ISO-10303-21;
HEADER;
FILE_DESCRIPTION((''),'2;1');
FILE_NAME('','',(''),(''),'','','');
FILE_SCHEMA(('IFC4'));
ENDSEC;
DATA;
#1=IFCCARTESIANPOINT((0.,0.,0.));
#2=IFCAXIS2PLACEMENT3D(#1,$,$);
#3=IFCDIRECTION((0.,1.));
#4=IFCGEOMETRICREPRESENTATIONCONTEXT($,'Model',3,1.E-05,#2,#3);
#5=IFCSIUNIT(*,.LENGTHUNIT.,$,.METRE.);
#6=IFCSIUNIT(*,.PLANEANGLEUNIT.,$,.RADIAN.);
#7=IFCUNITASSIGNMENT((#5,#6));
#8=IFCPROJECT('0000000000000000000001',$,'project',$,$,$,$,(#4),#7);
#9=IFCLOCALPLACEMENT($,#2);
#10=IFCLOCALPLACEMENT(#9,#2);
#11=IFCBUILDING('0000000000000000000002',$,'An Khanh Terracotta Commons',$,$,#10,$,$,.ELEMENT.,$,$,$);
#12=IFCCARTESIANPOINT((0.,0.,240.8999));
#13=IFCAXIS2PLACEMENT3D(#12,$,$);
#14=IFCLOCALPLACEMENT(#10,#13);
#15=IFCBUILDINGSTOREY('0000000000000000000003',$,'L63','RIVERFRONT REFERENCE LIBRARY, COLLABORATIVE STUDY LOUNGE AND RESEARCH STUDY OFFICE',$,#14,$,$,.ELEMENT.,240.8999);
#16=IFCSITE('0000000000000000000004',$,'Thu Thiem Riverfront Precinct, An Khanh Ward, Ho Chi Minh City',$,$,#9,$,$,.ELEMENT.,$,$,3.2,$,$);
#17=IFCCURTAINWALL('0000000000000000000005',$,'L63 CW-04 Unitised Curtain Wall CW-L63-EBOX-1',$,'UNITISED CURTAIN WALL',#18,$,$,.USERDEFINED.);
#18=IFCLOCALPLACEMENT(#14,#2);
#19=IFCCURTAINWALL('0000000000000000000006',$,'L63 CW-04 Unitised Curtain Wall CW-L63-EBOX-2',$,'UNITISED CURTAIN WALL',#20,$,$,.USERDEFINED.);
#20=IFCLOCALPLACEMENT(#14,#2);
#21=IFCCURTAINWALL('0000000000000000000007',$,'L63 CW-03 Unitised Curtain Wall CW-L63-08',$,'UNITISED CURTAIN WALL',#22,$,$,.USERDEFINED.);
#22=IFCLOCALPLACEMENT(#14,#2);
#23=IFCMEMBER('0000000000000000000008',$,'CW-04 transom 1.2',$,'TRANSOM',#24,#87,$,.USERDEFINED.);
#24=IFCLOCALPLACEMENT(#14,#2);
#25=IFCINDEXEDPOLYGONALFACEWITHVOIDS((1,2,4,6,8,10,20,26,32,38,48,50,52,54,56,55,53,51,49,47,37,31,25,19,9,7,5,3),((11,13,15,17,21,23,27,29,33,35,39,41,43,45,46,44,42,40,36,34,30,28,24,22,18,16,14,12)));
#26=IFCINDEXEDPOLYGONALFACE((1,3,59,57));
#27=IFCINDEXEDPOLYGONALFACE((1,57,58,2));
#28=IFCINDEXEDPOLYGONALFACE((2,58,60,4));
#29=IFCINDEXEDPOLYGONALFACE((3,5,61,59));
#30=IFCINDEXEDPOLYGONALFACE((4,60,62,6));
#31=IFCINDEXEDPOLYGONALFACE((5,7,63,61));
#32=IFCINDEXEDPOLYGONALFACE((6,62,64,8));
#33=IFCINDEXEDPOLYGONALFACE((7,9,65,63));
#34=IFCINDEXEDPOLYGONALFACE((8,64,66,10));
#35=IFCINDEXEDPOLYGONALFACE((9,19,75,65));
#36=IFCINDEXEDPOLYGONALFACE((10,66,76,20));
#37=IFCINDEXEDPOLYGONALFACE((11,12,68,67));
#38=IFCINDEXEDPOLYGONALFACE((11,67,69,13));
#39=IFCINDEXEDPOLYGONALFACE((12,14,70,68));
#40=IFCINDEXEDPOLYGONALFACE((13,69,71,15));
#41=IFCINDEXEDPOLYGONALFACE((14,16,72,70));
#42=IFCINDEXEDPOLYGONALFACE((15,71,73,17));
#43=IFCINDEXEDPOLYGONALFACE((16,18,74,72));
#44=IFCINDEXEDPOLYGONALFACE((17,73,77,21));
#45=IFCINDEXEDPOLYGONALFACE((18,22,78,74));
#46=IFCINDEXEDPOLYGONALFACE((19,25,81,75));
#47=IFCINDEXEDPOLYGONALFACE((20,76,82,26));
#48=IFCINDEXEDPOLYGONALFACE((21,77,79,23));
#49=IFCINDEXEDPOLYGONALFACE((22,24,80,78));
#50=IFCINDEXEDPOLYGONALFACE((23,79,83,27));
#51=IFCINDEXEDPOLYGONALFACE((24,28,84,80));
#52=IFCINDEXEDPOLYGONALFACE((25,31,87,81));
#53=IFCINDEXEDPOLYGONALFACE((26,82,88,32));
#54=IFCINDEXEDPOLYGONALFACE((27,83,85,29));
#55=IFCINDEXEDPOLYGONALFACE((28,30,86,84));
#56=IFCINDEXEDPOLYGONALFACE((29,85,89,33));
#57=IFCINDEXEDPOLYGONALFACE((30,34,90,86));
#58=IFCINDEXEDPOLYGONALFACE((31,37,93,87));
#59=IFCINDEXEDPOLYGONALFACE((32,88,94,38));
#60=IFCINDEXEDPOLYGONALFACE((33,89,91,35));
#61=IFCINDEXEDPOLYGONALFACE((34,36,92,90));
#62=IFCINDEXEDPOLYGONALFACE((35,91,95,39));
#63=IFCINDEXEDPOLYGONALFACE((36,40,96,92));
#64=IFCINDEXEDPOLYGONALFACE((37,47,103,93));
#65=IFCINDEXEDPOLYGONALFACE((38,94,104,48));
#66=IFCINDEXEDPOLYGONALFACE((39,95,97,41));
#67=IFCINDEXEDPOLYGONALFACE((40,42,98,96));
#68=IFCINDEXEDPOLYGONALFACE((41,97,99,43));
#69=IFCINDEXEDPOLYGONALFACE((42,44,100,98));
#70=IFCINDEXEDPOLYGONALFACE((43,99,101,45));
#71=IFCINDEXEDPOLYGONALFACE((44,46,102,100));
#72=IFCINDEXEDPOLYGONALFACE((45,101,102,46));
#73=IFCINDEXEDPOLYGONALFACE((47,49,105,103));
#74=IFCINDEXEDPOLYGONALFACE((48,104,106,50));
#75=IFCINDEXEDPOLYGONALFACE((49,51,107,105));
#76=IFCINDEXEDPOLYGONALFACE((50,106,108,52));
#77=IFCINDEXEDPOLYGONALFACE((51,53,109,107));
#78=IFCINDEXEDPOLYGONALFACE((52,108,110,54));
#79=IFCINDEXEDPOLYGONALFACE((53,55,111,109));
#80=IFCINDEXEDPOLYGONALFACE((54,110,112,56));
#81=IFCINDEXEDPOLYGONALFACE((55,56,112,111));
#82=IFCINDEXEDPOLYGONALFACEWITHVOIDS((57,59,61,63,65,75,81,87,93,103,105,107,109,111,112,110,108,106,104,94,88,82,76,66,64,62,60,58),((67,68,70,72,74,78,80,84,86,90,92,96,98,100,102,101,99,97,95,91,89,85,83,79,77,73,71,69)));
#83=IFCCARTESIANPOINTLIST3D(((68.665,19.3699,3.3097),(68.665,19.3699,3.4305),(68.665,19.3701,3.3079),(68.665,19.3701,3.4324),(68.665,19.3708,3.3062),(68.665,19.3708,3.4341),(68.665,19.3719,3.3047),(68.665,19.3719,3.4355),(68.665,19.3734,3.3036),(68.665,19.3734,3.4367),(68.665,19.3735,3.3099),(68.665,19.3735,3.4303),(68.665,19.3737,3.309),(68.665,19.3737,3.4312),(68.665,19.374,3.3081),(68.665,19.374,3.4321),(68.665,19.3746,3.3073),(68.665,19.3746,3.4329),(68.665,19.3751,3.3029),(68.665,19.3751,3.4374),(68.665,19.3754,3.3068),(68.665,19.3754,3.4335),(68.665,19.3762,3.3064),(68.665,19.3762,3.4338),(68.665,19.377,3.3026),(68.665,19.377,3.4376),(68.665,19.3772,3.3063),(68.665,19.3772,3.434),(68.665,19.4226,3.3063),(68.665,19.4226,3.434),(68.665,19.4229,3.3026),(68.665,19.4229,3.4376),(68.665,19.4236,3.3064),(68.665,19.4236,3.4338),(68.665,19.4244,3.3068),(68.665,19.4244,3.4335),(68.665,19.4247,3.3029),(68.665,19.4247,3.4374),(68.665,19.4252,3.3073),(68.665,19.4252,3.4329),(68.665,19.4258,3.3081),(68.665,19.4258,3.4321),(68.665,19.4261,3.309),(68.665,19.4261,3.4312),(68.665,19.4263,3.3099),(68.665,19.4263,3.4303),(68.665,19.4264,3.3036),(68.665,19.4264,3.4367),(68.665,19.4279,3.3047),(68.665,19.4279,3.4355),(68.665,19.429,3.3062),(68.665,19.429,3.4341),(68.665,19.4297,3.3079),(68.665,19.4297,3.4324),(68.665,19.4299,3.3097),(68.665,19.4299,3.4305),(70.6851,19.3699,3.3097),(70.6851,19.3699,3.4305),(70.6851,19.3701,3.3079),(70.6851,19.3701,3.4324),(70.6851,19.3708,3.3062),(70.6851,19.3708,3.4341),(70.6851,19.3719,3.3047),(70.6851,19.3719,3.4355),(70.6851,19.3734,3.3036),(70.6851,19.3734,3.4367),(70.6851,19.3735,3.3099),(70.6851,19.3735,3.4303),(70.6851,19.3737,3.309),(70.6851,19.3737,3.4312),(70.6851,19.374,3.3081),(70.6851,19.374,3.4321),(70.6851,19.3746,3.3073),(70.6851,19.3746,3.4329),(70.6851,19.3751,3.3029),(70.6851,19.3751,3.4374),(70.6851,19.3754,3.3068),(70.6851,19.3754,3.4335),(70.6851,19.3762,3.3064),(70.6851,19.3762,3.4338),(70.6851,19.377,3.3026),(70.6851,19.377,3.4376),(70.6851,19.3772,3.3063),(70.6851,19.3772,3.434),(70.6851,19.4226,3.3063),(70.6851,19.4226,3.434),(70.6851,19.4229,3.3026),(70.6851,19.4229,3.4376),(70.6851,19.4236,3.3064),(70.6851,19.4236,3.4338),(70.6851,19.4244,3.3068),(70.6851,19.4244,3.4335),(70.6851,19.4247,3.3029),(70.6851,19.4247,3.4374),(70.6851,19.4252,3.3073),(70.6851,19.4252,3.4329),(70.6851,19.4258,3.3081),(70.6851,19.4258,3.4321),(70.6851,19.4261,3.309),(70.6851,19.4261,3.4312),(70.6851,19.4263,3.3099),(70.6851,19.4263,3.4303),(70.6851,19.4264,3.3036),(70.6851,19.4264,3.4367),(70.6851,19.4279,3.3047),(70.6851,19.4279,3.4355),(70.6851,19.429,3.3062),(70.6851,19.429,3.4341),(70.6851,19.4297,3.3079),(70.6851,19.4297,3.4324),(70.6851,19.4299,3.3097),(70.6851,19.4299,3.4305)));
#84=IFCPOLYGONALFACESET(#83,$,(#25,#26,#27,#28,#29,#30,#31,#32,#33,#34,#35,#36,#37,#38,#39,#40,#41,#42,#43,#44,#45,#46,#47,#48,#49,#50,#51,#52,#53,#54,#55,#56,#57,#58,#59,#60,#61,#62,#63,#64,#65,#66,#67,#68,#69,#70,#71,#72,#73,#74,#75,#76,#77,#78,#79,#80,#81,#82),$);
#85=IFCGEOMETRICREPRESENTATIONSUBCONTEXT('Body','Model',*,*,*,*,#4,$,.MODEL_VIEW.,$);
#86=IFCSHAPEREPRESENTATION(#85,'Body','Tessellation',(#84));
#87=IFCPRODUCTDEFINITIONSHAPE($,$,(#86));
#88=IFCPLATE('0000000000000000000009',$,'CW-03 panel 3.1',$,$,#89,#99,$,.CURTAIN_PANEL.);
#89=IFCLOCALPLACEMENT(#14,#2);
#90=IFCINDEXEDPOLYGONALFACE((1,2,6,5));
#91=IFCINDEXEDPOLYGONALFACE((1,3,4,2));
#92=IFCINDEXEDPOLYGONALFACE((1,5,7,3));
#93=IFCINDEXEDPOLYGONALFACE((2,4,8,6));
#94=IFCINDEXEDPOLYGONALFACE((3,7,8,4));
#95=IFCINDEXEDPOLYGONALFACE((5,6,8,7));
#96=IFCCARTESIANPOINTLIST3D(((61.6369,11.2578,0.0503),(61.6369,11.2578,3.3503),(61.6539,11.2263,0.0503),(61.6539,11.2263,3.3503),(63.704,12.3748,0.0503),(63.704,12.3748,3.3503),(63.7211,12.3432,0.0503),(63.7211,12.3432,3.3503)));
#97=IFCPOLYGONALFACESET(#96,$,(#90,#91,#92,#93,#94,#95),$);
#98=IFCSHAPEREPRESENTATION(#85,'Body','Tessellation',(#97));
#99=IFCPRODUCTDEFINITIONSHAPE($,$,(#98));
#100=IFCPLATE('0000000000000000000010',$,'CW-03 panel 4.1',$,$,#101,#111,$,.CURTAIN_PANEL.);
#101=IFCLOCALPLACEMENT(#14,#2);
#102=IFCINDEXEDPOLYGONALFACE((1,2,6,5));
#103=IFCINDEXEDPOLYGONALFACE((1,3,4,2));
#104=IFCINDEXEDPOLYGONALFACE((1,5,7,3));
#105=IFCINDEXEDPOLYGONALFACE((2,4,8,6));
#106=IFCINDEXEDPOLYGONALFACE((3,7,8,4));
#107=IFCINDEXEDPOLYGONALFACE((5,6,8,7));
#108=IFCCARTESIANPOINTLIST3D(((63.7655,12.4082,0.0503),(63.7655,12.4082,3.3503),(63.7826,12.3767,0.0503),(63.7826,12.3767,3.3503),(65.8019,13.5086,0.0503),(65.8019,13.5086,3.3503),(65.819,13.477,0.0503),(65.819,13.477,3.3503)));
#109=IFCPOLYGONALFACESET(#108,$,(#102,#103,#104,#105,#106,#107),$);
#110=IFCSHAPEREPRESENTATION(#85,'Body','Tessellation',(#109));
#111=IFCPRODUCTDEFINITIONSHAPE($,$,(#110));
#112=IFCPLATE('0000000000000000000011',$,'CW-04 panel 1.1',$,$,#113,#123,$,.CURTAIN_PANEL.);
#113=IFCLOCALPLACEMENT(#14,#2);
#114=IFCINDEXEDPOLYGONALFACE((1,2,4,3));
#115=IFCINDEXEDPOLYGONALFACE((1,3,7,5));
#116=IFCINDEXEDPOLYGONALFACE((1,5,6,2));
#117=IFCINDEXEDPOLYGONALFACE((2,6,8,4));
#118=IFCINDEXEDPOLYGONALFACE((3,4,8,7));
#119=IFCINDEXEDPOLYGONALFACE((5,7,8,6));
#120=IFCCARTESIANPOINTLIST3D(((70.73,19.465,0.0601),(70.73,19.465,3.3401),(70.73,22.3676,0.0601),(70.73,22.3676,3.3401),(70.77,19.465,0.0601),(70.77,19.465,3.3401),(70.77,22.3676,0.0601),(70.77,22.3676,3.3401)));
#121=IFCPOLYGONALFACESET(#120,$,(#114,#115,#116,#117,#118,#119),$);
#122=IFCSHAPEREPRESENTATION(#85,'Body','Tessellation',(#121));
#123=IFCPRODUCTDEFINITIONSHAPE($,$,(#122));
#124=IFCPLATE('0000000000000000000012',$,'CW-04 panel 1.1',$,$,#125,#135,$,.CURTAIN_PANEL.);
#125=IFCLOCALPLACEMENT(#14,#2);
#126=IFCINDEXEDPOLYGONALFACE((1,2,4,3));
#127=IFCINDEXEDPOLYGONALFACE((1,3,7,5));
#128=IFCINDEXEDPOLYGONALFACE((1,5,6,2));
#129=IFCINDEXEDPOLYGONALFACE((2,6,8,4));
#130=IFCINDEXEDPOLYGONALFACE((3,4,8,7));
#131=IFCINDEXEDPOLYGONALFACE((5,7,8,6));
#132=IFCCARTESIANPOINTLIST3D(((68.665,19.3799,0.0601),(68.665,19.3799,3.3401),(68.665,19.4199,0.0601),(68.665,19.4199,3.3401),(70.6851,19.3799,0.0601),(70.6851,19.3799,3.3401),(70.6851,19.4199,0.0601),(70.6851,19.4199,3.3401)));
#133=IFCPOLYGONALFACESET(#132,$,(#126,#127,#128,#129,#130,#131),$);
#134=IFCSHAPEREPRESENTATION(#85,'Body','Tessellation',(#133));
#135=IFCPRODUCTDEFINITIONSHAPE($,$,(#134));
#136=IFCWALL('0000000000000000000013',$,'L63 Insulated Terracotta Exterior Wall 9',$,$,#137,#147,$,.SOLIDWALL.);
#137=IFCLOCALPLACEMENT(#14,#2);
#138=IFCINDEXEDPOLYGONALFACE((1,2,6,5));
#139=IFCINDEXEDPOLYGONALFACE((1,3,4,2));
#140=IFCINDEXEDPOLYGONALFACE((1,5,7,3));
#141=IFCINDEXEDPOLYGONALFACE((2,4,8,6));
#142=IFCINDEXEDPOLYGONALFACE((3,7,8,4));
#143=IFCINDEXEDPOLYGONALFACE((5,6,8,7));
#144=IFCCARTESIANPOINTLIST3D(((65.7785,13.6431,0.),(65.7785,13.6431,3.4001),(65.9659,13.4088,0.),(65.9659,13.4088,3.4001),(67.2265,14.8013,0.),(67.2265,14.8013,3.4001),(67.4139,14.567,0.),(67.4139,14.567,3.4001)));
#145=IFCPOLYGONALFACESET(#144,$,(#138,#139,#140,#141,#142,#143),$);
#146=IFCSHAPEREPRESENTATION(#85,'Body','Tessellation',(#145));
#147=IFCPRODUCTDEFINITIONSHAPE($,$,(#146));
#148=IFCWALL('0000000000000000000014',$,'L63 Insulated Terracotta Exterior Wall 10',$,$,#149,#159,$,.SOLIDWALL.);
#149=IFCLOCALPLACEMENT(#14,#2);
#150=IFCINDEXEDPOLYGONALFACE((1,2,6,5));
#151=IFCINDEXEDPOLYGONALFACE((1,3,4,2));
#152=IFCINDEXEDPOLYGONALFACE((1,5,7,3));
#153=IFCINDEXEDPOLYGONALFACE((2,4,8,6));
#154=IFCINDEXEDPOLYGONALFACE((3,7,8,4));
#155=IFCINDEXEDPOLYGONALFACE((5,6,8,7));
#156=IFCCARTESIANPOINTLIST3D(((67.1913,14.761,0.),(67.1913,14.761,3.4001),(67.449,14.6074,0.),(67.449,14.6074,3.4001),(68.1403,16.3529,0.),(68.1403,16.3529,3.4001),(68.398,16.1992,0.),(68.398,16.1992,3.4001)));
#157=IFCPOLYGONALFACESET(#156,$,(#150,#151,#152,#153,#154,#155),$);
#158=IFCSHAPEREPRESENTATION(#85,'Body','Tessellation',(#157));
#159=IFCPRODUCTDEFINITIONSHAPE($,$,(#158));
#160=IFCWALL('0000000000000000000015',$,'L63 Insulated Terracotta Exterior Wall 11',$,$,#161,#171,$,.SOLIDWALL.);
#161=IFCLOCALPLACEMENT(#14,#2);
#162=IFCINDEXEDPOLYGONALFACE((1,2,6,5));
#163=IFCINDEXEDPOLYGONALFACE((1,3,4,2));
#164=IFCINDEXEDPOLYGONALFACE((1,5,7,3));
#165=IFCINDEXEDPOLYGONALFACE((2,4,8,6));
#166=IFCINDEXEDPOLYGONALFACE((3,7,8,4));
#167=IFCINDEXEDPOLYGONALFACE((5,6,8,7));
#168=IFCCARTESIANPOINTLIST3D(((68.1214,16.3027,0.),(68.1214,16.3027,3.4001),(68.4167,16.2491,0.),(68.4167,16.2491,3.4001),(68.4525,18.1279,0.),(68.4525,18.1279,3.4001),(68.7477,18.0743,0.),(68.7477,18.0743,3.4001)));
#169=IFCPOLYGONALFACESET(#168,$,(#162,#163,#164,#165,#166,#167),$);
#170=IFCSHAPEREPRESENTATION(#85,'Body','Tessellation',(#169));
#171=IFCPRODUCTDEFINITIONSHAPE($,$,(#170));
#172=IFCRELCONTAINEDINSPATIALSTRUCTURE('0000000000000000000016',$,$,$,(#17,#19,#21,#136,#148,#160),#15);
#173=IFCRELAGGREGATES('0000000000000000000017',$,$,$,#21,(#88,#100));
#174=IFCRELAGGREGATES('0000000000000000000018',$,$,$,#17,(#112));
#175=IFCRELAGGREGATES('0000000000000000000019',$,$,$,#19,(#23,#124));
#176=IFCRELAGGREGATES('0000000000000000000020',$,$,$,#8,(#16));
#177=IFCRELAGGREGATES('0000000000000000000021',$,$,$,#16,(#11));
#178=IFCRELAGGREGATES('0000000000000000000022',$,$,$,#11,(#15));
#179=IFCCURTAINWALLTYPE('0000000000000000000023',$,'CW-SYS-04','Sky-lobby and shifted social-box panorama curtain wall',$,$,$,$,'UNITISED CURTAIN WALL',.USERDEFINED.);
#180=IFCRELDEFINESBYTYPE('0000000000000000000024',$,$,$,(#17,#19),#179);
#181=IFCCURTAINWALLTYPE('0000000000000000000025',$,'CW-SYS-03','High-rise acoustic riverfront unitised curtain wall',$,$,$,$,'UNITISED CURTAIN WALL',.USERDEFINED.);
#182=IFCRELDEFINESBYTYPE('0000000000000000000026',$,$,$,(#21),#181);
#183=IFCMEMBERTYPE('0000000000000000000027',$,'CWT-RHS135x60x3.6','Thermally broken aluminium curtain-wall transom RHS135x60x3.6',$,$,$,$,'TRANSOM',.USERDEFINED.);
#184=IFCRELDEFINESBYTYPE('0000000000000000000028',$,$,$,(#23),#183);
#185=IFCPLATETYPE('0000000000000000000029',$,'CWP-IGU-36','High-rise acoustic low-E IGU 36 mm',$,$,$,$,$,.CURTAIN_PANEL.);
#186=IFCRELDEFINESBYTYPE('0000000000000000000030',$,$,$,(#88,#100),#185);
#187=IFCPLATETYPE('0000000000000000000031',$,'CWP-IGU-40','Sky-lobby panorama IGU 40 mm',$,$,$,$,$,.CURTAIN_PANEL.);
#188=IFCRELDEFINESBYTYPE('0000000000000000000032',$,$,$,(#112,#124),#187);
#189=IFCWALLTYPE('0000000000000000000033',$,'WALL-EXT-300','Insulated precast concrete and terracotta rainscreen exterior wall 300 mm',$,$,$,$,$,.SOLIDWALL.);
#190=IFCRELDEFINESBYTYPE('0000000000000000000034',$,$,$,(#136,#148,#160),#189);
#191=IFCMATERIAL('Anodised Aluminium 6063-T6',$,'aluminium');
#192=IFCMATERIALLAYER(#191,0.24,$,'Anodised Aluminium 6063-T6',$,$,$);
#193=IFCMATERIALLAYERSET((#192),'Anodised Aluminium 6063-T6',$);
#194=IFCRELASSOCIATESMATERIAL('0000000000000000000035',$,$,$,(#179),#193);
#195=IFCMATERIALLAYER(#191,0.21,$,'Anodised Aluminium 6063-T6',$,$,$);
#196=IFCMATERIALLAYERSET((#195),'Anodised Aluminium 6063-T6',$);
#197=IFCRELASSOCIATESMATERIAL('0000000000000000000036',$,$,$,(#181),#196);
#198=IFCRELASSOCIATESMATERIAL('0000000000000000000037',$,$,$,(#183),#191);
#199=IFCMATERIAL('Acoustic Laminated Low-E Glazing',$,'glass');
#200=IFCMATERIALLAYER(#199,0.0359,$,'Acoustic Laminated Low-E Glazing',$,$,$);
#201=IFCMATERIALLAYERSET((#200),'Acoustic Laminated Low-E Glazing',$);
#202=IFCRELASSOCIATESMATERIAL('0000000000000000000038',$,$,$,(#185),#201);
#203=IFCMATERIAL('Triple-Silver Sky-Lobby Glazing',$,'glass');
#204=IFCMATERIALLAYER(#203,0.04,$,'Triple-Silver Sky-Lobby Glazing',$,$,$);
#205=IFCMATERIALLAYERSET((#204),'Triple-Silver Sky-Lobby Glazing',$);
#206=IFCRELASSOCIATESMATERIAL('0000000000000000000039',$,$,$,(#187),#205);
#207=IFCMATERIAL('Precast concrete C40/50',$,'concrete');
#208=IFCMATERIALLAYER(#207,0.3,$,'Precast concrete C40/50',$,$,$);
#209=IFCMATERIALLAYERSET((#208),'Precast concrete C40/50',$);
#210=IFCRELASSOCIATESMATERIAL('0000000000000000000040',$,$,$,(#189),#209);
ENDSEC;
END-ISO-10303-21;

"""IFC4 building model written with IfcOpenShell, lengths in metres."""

from ifc_helpers import new_model, si_unit, direction, frame, frame_2d, origin, origin_2d, place, context, subcontext, project, spatial, rectangle, hollow_rectangle, extrude, material, layer, layer_set, material_profile, profile_set, type_object, element, aggregate, save


model = new_model("IFC4")

# Units and contexts
model_context = context("Model", 3, precision=1e-05, world=origin(), true_north=direction((0.0, 1.0)))
body_context = subcontext(model_context, "Body", "Model", "MODEL_VIEW")
ifc_project = project(units=[si_unit("LENGTHUNIT", "METRE"), si_unit("PLANEANGLEUNIT", "RADIAN")], contexts=[model_context])

# Site, building, storey
site_placement = place(None, origin())
site = spatial("IfcSite", under=ifc_project, at=site_placement, Name="Thu Thiem Riverfront Precinct, An Khanh Ward, Ho Chi Minh City", CompositionType="ELEMENT", RefElevation=3.2)
building_placement = place(site_placement, origin())
building = spatial("IfcBuilding", under=site, at=building_placement, Name="An Khanh Terracotta Commons", CompositionType="ELEMENT")
storey_placement = place(building_placement, frame((0.0, 0.0, 240.8999)))
storey = spatial("IfcBuildingStorey", under=building, at=storey_placement, Name="L63", Description="RIVERFRONT REFERENCE LIBRARY, COLLABORATIVE STUDY LOUNGE AND RESEARCH STUDY OFFICE", CompositionType="ELEMENT", Elevation=240.8999)

# Curtain wall
ifc_material_1 = material(Name="Anodised Aluminium 6063-T6", Category="aluminium")
ifc_layer_1 = layer(ifc_material_1, 0.24, Name="Anodised Aluminium 6063-T6")
ifc_layer_set_1 = layer_set([ifc_layer_1], Name="Anodised Aluminium 6063-T6")
curtain_wall_type_1 = type_object("IfcCurtainWallType", Name="CW-SYS-04", Description="Sky-lobby and shifted social-box panorama curtain wall", ElementType="UNITISED CURTAIN WALL", PredefinedType="USERDEFINED", material=ifc_layer_set_1)
curtain_wall_1_placement = place(storey_placement, origin())
curtain_wall_1 = element("IfcCurtainWall", 1, at=curtain_wall_1_placement, inside=storey, type_object=curtain_wall_type_1, Name="L63 CW-04 Unitised Curtain Wall CW-L63-EBOX-1", ObjectType="UNITISED CURTAIN WALL", PredefinedType="USERDEFINED")

# Curtain walls
curtain_wall_2_placement = place(storey_placement, origin())
curtain_wall_2 = element("IfcCurtainWall", 2, at=curtain_wall_2_placement, inside=storey, type_object=curtain_wall_type_1, Name="L63 CW-04 Unitised Curtain Wall CW-L63-EBOX-2", ObjectType="UNITISED CURTAIN WALL", PredefinedType="USERDEFINED")
ifc_layer_2 = layer(ifc_material_1, 0.21, Name="Anodised Aluminium 6063-T6")
ifc_layer_set_2 = layer_set([ifc_layer_2], Name="Anodised Aluminium 6063-T6")
curtain_wall_type_2 = type_object("IfcCurtainWallType", Name="CW-SYS-03", Description="High-rise acoustic riverfront unitised curtain wall", ElementType="UNITISED CURTAIN WALL", PredefinedType="USERDEFINED", material=ifc_layer_set_2)
curtain_wall_3_placement = place(storey_placement, origin())
curtain_wall_3 = element("IfcCurtainWall", 3, at=curtain_wall_3_placement, inside=storey, type_object=curtain_wall_type_2, Name="L63 CW-03 Unitised Curtain Wall CW-L63-08", ObjectType="UNITISED CURTAIN WALL", PredefinedType="USERDEFINED")

# Member
ifc_material_profile_1 = material_profile(ifc_material_1, hollow_rectangle(XDim=0.0601, YDim=0.135, WallThickness=0.0037, InnerFilletRadius=0.0037, OuterFilletRadius=0.0071, at=origin_2d()), Name="RHS135x60x3.6")
ifc_profile_set_1 = profile_set([ifc_material_profile_1], Name="Anodised Aluminium 6063-T6")
member_type_1 = type_object("IfcMemberType", Name="CWT-RHS135x60x3.6", Description="Thermally broken aluminium curtain-wall transom RHS135x60x3.6", ElementType="TRANSOM", PredefinedType="USERDEFINED", material=ifc_profile_set_1)
member_1_placement = place(storey_placement, frame((68.665, 19.3999, 3.3701), z_axis=(1.0, 0.0, 0.0), x_axis=(0.0, 1.0, 0.0)))
member_1 = element("IfcMember", 4, at=member_1_placement, type_object=member_type_1, Name="CW-04 transom 1.2", ObjectType="TRANSOM", PredefinedType="USERDEFINED", context=body_context, shape_type="SweptSolid", body=[
    extrude(hollow_rectangle(XDim=0.0601, YDim=0.135, WallThickness=0.0037, InnerFilletRadius=0.0037, OuterFilletRadius=0.0071, at=origin_2d()), origin(), (0.0, 0.0, 1.0), 2.02),
])

# Plates
ifc_material_2 = material(Name="Acoustic Laminated Low-E Glazing", Category="glass")
ifc_layer_3 = layer(ifc_material_2, 0.0359, Name="Acoustic Laminated Low-E Glazing")
ifc_layer_set_3 = layer_set([ifc_layer_3], Name="Acoustic Laminated Low-E Glazing")
plate_type_1 = type_object("IfcPlateType", Name="CWP-IGU-36", Description="High-rise acoustic low-E IGU 36 mm", PredefinedType="CURTAIN_PANEL", material=ifc_layer_set_3)
plate_1_placement = place(storey_placement, frame((62.679, 11.8005, 0.0503), z_axis=(0.0, 0.0, 1.0), x_axis=(0.87978, 0.475381, 0.0)))
plate_1 = element("IfcPlate", 5, at=plate_1_placement, type_object=plate_type_1, Name="CW-03 panel 3.1", PredefinedType="CURTAIN_PANEL", context=body_context, shape_type="SweptSolid", body=[
    extrude(rectangle(XDim=2.3496, YDim=0.0359, at=origin_2d()), origin(), (0.0, 0.0, 1.0), 3.3),
])
plate_2_placement = place(storey_placement, frame((64.7922, 12.9426, 0.0503), z_axis=(0.0, 0.0, 1.0), x_axis=(0.87978, 0.475381, 0.0)))
plate_2 = element("IfcPlate", 6, at=plate_2_placement, type_object=plate_type_1, Name="CW-03 panel 4.1", PredefinedType="CURTAIN_PANEL", context=body_context, shape_type="SweptSolid", body=[
    extrude(rectangle(XDim=2.3147, YDim=0.0359, at=origin_2d()), origin(), (0.0, 0.0, 1.0), 3.3),
])
aggregate(curtain_wall_3, [plate_1, plate_2])
ifc_material_3 = material(Name="Triple-Silver Sky-Lobby Glazing", Category="glass")
ifc_layer_4 = layer(ifc_material_3, 0.04, Name="Triple-Silver Sky-Lobby Glazing")
ifc_layer_set_4 = layer_set([ifc_layer_4], Name="Triple-Silver Sky-Lobby Glazing")
plate_type_2 = type_object("IfcPlateType", Name="CWP-IGU-40", Description="Sky-lobby panorama IGU 40 mm", PredefinedType="CURTAIN_PANEL", material=ifc_layer_set_4)
plate_3_placement = place(storey_placement, frame((70.75, 20.9163, 0.0601), z_axis=(0.0, 0.0, 1.0), x_axis=(0.0, 1.0, 0.0)))
plate_3 = element("IfcPlate", 7, at=plate_3_placement, type_object=plate_type_2, Name="CW-04 panel 1.1", PredefinedType="CURTAIN_PANEL", context=body_context, shape_type="SweptSolid", body=[
    extrude(rectangle(XDim=2.9026, YDim=0.04, at=origin_2d()), origin(), (0.0, 0.0, 1.0), 3.28),
])
aggregate(curtain_wall_1, [plate_3])
plate_4_placement = place(storey_placement, frame((69.675, 19.3999, 0.0601), z_axis=(0.0, 0.0, 1.0), x_axis=(1.0, 0.0, 0.0)))
plate_4 = element("IfcPlate", 8, at=plate_4_placement, type_object=plate_type_2, Name="CW-04 panel 1.1", PredefinedType="CURTAIN_PANEL", context=body_context, shape_type="SweptSolid", body=[
    extrude(rectangle(XDim=2.02, YDim=0.04, at=origin_2d()), origin(), (0.0, 0.0, 1.0), 3.28),
])
aggregate(curtain_wall_2, [member_1, plate_4])

# Walls
ifc_material_4 = material(Name="Precast concrete C40/50", Category="concrete")
ifc_layer_5 = layer(ifc_material_4, 0.3, Name="Precast concrete C40/50")
ifc_layer_set_5 = layer_set([ifc_layer_5], Name="Precast concrete C40/50")
wall_type = type_object("IfcWallType", Name="WALL-EXT-300", Description="Insulated precast concrete and terracotta rainscreen exterior wall 300 mm", PredefinedType="SOLIDWALL", material=ifc_layer_set_5)
wall_1_placement = place(storey_placement, frame((65.8721, 13.5259, 0.0), z_axis=(0.0, 0.0, 1.0), x_axis=(0.78092, 0.624631, 0.0)))
element("IfcWall", 9, at=wall_1_placement, inside=storey, type_object=wall_type, Name="L63 Insulated Terracotta Exterior Wall 9", PredefinedType="SOLIDWALL", context=body_context, shape_type="SweptSolid", body=[
    extrude(rectangle(XDim=1.8542, YDim=0.3, at=frame_2d((0.9272, 0.0))), origin(), (0.0, 0.0, 1.0), 3.4001),
])
wall_2_placement = place(storey_placement, frame((67.3201, 14.6841, 0.0), z_axis=(0.0, 0.0, 1.0), x_axis=(0.512072, 0.858943, 0.0)))
element("IfcWall", 10, at=wall_2_placement, inside=storey, type_object=wall_type, Name="L63 Insulated Terracotta Exterior Wall 10", PredefinedType="SOLIDWALL", context=body_context, shape_type="SweptSolid", body=[
    extrude(rectangle(XDim=1.8533, YDim=0.3, at=frame_2d((0.9268, 0.0))), origin(), (0.0, 0.0, 1.0), 3.4001),
])
wall_3_placement = place(storey_placement, frame((68.269, 16.2759, 0.0), z_axis=(0.0, 0.0, 1.0), x_axis=(0.178468, 0.983946, 0.0)))
element("IfcWall", 11, at=wall_3_placement, inside=storey, type_object=wall_type, Name="L63 Insulated Terracotta Exterior Wall 11", PredefinedType="SOLIDWALL", context=body_context, shape_type="SweptSolid", body=[
    extrude(rectangle(XDim=1.855, YDim=0.3, at=frame_2d((0.9275, 0.0))), origin(), (0.0, 0.0, 1.0), 3.4001),
])

save(model, "model.ifc")
